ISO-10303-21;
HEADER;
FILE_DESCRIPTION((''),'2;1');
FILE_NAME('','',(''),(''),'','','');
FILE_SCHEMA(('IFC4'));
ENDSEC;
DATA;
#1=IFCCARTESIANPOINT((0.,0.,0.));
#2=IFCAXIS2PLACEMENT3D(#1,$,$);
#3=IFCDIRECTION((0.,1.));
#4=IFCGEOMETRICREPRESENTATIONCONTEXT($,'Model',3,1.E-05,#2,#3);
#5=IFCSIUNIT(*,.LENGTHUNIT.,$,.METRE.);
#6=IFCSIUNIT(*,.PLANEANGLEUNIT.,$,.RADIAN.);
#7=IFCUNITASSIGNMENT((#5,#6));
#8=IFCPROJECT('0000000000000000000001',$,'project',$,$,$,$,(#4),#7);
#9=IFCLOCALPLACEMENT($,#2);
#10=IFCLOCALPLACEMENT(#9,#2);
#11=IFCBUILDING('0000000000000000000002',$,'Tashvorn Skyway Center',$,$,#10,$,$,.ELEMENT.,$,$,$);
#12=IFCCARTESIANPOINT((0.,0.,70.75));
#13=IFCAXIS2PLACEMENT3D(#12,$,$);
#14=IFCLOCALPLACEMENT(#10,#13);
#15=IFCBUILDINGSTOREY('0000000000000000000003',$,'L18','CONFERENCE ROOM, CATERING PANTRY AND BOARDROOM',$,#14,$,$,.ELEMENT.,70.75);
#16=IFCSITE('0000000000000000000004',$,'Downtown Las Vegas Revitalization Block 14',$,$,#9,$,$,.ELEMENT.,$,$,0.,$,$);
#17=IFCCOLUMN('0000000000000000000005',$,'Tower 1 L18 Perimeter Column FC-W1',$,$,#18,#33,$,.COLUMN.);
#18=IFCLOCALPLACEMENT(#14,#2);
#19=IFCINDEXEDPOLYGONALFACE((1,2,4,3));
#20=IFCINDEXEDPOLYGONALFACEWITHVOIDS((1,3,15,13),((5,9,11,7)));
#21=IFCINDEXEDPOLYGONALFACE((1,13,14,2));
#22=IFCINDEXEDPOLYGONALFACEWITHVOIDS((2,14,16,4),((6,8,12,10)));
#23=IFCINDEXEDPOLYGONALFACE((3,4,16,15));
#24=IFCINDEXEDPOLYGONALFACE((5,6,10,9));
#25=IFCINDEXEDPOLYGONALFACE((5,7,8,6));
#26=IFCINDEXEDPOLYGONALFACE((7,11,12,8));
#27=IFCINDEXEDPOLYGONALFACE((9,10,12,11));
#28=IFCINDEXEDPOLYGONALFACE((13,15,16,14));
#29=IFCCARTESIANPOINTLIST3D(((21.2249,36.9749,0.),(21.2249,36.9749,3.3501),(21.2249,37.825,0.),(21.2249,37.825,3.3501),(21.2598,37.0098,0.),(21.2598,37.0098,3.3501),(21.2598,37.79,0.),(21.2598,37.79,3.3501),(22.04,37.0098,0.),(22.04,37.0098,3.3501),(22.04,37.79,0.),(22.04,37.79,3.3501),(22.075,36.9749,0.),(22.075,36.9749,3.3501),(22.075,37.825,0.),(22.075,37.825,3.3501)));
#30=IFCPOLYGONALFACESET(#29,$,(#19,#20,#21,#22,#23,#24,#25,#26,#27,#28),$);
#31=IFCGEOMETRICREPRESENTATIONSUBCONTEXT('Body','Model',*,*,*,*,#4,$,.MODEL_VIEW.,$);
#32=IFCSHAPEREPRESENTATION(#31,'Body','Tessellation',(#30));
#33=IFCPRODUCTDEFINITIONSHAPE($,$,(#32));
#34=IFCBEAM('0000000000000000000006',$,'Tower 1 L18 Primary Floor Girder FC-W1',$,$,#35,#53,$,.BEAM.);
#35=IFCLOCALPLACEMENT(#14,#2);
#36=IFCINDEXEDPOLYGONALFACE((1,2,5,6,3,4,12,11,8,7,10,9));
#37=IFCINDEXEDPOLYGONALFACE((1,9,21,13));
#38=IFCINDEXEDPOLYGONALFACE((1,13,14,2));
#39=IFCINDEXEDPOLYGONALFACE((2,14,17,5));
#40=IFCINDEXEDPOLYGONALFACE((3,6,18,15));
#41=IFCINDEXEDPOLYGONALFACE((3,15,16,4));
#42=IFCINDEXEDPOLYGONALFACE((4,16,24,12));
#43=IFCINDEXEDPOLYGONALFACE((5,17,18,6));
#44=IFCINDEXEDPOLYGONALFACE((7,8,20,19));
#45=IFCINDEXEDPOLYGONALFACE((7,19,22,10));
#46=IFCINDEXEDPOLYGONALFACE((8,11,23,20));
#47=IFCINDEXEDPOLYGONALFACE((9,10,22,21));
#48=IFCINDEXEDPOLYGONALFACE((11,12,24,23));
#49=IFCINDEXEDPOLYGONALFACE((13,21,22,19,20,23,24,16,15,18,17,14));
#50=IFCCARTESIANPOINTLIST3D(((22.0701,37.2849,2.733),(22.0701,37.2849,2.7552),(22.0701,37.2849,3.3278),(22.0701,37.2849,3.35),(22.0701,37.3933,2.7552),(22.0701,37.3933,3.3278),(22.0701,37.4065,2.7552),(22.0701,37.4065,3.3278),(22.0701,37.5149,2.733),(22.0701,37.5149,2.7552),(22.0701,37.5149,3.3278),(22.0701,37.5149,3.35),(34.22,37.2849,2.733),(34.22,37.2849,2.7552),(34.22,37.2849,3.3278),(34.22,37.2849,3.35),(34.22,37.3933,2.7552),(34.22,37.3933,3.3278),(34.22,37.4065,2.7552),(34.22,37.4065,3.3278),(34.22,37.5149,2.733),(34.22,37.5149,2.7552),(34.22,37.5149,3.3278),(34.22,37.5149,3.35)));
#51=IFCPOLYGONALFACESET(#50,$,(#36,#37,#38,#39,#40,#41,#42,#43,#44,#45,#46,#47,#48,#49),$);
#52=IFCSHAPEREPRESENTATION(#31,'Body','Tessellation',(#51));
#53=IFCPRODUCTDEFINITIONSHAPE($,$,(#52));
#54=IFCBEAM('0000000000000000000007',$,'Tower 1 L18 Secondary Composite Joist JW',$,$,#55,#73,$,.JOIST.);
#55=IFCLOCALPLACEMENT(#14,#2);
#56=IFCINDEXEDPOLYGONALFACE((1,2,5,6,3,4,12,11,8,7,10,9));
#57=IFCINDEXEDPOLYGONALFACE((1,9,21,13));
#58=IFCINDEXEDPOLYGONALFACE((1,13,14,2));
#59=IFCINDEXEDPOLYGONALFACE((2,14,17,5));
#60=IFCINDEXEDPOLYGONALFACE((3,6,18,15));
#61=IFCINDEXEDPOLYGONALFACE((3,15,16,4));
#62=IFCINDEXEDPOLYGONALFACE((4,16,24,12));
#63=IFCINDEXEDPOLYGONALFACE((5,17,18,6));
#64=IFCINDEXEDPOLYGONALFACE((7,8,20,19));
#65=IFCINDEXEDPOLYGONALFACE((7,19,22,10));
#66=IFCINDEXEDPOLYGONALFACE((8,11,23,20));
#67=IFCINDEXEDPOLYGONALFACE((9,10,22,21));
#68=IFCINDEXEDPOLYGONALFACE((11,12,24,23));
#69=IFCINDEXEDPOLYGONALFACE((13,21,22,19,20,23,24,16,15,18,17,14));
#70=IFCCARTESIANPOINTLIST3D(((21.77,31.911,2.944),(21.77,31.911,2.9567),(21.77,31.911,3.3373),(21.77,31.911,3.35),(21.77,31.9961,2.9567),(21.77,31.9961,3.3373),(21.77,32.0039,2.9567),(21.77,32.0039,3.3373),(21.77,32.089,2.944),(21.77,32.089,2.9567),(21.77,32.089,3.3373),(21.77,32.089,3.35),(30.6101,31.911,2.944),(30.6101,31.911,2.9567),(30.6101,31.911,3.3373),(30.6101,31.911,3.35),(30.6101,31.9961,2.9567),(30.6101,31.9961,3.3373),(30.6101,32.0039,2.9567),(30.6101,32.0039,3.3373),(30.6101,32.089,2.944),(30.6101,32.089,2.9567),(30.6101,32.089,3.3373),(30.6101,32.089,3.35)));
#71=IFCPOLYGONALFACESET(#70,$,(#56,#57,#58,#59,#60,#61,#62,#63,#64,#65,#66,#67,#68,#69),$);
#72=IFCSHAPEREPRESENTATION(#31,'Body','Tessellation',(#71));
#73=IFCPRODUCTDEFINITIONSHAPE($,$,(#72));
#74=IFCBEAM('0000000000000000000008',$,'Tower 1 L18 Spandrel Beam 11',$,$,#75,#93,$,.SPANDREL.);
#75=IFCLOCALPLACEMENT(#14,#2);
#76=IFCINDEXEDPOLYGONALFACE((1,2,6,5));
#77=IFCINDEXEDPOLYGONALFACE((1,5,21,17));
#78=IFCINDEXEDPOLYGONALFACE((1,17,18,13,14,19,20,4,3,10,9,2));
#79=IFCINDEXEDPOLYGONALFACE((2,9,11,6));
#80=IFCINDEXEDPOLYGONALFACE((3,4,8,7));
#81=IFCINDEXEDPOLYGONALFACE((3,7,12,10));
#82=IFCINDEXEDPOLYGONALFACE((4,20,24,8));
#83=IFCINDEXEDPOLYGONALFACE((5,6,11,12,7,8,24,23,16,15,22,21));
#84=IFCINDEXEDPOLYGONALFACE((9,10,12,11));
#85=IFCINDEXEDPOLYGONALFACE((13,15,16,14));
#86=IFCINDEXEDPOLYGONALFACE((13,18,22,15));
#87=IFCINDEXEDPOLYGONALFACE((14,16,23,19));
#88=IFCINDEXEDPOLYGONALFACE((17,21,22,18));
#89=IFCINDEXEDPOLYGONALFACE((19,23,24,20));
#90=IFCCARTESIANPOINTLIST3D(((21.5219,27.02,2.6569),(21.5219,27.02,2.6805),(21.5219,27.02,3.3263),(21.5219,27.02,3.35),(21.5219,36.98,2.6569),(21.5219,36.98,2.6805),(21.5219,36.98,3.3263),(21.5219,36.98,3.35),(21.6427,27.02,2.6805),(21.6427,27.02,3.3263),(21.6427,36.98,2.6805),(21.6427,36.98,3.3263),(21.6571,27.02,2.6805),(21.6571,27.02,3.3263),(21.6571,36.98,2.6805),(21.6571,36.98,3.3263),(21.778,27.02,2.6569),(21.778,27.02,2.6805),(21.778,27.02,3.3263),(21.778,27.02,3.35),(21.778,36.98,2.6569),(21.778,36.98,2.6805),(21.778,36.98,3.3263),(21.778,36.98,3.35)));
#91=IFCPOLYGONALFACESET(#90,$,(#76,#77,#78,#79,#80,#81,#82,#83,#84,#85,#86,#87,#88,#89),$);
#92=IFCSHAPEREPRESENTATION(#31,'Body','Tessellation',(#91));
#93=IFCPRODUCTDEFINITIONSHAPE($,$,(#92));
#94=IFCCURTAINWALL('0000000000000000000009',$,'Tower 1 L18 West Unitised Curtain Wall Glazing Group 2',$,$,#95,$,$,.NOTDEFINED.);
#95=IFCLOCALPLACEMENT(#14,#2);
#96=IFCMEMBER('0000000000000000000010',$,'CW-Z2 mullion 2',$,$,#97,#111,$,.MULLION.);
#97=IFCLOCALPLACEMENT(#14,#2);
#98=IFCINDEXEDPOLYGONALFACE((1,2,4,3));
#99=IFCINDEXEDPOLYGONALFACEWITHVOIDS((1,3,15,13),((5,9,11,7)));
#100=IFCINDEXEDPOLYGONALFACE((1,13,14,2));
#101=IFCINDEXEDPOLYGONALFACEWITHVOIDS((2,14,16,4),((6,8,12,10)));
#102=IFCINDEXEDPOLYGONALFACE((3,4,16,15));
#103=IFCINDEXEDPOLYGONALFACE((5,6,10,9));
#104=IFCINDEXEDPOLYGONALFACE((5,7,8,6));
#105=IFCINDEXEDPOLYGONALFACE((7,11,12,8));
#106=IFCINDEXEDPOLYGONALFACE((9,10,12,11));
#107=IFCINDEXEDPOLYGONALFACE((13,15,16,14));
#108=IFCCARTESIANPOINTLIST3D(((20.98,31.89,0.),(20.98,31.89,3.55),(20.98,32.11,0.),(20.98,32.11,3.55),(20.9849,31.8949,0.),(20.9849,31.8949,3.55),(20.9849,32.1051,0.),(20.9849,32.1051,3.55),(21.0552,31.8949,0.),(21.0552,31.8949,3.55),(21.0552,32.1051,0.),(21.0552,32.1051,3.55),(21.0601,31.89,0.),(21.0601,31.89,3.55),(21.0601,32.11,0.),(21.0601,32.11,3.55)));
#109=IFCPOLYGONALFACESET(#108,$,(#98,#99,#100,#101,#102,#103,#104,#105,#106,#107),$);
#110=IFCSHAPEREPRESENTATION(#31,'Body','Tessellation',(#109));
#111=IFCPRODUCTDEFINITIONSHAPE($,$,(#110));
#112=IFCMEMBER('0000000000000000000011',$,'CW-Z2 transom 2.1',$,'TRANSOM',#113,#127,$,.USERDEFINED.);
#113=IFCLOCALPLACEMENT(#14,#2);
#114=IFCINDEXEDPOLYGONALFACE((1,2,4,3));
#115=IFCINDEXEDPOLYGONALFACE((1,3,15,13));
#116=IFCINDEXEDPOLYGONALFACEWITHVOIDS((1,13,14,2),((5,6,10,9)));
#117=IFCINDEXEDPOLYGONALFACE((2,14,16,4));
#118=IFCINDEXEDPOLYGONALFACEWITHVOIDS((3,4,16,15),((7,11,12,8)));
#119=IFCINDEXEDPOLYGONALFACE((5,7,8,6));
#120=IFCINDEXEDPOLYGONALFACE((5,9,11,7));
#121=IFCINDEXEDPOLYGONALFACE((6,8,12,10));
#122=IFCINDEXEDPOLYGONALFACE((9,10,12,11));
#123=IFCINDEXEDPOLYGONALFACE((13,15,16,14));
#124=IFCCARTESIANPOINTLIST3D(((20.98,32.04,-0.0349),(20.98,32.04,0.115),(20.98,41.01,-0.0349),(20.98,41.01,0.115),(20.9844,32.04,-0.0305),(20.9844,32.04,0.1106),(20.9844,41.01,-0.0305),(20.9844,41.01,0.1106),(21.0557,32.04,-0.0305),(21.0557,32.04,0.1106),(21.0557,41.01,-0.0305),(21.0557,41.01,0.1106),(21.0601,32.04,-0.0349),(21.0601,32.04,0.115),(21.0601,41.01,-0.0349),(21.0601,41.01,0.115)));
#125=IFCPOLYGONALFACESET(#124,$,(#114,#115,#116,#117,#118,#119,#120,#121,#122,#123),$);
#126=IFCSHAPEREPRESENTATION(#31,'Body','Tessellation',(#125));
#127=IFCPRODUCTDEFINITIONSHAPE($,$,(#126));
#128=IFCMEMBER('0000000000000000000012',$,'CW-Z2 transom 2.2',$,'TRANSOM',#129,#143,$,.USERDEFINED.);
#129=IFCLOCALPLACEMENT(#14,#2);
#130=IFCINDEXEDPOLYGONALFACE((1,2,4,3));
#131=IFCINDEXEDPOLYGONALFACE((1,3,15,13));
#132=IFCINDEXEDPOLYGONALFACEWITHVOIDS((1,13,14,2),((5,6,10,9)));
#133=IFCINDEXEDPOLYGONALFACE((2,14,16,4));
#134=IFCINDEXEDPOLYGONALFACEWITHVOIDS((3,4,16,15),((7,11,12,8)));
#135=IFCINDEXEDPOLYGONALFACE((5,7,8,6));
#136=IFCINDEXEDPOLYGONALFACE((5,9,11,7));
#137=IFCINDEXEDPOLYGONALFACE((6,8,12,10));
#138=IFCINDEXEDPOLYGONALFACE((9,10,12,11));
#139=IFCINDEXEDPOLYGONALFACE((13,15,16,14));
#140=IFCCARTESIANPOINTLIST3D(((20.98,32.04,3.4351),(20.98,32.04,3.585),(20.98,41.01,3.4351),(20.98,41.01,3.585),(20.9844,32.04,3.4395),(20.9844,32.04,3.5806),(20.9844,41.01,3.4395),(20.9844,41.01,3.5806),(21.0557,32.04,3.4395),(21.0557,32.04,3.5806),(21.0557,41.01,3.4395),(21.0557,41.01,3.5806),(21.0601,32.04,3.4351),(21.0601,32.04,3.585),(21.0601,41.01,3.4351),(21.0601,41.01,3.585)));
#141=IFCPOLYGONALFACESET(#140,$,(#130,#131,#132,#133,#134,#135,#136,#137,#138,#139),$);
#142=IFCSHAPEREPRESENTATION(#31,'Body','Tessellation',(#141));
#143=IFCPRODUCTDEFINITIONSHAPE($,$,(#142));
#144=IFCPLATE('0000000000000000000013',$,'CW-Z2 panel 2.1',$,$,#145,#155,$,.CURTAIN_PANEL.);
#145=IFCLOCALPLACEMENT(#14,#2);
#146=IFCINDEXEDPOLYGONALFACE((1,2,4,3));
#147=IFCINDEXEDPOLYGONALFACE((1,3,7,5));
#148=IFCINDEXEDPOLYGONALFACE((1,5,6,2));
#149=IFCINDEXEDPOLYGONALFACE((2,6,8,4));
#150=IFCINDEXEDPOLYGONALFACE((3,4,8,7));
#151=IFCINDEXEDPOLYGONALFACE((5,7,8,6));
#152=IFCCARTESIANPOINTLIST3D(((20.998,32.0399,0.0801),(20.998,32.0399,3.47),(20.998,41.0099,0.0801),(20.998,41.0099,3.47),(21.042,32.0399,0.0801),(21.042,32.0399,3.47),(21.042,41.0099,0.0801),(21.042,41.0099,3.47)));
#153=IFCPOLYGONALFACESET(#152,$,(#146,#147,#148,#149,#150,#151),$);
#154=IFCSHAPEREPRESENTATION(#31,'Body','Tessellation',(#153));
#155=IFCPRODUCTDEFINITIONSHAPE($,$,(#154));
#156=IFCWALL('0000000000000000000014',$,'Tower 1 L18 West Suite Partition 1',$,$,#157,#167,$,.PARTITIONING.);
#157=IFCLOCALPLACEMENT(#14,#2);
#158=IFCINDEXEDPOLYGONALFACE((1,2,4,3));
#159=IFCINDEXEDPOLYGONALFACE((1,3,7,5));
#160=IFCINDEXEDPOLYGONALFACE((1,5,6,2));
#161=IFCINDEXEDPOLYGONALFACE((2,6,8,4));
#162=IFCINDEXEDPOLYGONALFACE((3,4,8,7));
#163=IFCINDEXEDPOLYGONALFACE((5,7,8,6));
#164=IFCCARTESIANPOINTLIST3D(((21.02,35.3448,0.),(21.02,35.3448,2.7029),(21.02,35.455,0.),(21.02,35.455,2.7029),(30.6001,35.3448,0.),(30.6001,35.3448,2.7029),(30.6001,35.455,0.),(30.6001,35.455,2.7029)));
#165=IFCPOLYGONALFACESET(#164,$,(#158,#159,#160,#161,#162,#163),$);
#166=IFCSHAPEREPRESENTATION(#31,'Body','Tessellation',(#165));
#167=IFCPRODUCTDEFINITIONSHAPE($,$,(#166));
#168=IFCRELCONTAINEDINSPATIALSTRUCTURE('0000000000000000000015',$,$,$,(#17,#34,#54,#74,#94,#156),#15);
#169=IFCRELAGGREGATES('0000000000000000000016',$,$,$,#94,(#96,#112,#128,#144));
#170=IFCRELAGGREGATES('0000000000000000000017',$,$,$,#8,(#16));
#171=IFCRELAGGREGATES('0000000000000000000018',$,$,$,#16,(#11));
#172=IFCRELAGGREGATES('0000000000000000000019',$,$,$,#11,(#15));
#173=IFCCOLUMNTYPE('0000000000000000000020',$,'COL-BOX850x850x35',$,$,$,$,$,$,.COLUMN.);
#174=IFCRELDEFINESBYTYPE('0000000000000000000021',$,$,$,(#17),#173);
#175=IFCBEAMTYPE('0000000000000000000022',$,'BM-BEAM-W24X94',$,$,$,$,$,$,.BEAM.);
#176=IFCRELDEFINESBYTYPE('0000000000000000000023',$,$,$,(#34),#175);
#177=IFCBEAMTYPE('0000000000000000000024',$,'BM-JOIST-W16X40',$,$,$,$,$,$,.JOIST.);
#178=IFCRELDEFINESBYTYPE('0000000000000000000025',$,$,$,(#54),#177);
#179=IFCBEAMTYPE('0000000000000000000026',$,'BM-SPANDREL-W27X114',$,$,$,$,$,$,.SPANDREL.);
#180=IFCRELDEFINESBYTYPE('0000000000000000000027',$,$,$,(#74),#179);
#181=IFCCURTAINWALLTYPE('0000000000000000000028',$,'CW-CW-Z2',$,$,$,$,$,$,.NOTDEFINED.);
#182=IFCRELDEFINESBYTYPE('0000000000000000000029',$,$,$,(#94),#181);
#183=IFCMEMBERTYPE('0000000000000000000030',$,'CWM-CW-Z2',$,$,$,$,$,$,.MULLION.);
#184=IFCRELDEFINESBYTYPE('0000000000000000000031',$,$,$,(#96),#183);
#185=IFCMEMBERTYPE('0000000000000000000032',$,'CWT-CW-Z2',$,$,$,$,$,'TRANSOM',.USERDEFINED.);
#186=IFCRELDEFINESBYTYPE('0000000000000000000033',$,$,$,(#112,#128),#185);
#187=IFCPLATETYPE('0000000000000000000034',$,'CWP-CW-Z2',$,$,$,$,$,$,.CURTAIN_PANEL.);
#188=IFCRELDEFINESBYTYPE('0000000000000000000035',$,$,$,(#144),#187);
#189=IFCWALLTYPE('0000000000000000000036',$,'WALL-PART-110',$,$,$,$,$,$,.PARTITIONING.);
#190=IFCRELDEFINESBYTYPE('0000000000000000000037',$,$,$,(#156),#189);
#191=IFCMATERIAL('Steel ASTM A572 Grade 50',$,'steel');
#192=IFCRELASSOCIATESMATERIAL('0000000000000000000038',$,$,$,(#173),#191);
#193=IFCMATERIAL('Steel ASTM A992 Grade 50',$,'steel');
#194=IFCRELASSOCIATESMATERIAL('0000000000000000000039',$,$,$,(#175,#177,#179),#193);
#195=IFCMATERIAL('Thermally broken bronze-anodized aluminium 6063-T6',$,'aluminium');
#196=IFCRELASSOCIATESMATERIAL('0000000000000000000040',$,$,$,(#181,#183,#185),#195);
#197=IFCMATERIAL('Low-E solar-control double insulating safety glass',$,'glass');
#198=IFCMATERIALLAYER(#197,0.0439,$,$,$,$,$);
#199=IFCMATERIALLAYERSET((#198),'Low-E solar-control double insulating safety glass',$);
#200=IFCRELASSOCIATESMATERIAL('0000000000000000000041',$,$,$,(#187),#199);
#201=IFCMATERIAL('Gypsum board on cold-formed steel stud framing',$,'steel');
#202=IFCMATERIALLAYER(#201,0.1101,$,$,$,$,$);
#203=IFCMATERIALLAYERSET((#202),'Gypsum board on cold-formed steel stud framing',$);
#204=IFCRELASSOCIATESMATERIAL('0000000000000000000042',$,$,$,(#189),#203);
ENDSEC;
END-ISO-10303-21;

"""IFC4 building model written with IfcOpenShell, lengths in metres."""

from ifc_helpers import new_model, si_unit, direction, frame, frame_2d, origin, origin_2d, place, context, subcontext, project, spatial, rectangle, hollow_rectangle, i_section, extrude, material, layer, layer_set, material_profile, profile_set, type_object, element, aggregate, save


model = new_model("IFC4")

# Units and contexts
model_context = context("Model", 3, precision=1e-05, world=origin(), true_north=direction((0.0, 1.0)))
body_context = subcontext(model_context, "Body", "Model", "MODEL_VIEW")
ifc_project = project(units=[si_unit("LENGTHUNIT", "METRE"), si_unit("PLANEANGLEUNIT", "RADIAN")], contexts=[model_context])

# Site, building, storey
site_placement = place(None, origin())
site = spatial("IfcSite", under=ifc_project, at=site_placement, Name="Downtown Las Vegas Revitalization Block 14", CompositionType="ELEMENT", RefElevation=0.0)
building_placement = place(site_placement, origin())
building = spatial("IfcBuilding", under=site, at=building_placement, Name="Tashvorn Skyway Center", CompositionType="ELEMENT")
storey_placement = place(building_placement, frame((0.0, 0.0, 70.75)))
storey = spatial("IfcBuildingStorey", under=building, at=storey_placement, Name="L18", Description="CONFERENCE ROOM, CATERING PANTRY AND BOARDROOM", CompositionType="ELEMENT", Elevation=70.75)

# Column
ifc_material_1 = material(Name="Steel ASTM A572 Grade 50", Category="steel")
ifc_material_profile_1 = material_profile(ifc_material_1, hollow_rectangle(XDim=0.8501, YDim=0.8501, WallThickness=0.0349, at=origin_2d()), Name="BOX850x850x35")
ifc_profile_set_1 = profile_set([ifc_material_profile_1], Name="Steel ASTM A572 Grade 50")
column_type = type_object("IfcColumnType", Name="COL-BOX850x850x35", PredefinedType="COLUMN", material=ifc_profile_set_1)
column_placement = place(storey_placement, frame((21.6499, 37.3999, 0.0), z_axis=(0.0, 0.0, 1.0), x_axis=(1.0, 0.0, 0.0)))
element("IfcColumn", 1, at=column_placement, inside=storey, type_object=column_type, Name="Tower 1 L18 Perimeter Column FC-W1", PredefinedType="COLUMN", context=body_context, shape_type="SweptSolid", body=[
    extrude(hollow_rectangle(XDim=0.8501, YDim=0.8501, WallThickness=0.0349, at=origin_2d()), origin(), (0.0, 0.0, 1.0), 3.3501),
])

# Beams
ifc_material_2 = material(Name="Steel ASTM A992 Grade 50", Category="steel")
ifc_material_profile_2 = material_profile(ifc_material_2, i_section(OverallWidth=0.23, OverallDepth=0.6169, WebThickness=0.0132, FlangeThickness=0.0222, at=origin_2d()), Name="W24X94")
ifc_profile_set_2 = profile_set([ifc_material_profile_2], Name="Steel ASTM A992 Grade 50")
beam_type_1 = type_object("IfcBeamType", Name="BM-BEAM-W24X94", PredefinedType="BEAM", material=ifc_profile_set_2)
beam_1_placement = place(storey_placement, frame((22.0701, 37.3999, 3.0415), z_axis=(1.0, 0.0, 0.0), x_axis=(0.0, 1.0, 0.0)))
element("IfcBeam", 2, at=beam_1_placement, inside=storey, type_object=beam_type_1, Name="Tower 1 L18 Primary Floor Girder FC-W1", PredefinedType="BEAM", context=body_context, shape_type="SweptSolid", body=[
    extrude(i_section(OverallWidth=0.23, OverallDepth=0.6169, WebThickness=0.0132, FlangeThickness=0.0222, at=origin_2d()), origin(), (0.0, 0.0, 1.0), 12.1499),
])
ifc_material_profile_3 = material_profile(ifc_material_2, i_section(OverallWidth=0.178, OverallDepth=0.406, WebThickness=0.0078, FlangeThickness=0.0127, at=origin_2d()), Name="W16X40")
ifc_profile_set_3 = profile_set([ifc_material_profile_3], Name="Steel ASTM A992 Grade 50")
beam_type_2 = type_object("IfcBeamType", Name="BM-JOIST-W16X40", PredefinedType="JOIST", material=ifc_profile_set_3)
beam_2_placement = place(storey_placement, frame((30.6101, 32.0, 3.147), z_axis=(-1.0, 0.0, 0.0), x_axis=(0.0, -1.0, 0.0)))
element("IfcBeam", 3, at=beam_2_placement, inside=storey, type_object=beam_type_2, Name="Tower 1 L18 Secondary Composite Joist JW", PredefinedType="JOIST", context=body_context, shape_type="SweptSolid", body=[
    extrude(i_section(OverallWidth=0.178, OverallDepth=0.406, WebThickness=0.0078, FlangeThickness=0.0127, at=origin_2d()), origin(), (0.0, 0.0, 1.0), 8.8401),
])
ifc_material_profile_4 = material_profile(ifc_material_2, i_section(OverallWidth=0.2561, OverallDepth=0.6931, WebThickness=0.0144, FlangeThickness=0.0237, at=origin_2d()), Name="W27X114")
ifc_profile_set_4 = profile_set([ifc_material_profile_4], Name="Steel ASTM A992 Grade 50")
beam_type_3 = type_object("IfcBeamType", Name="BM-SPANDREL-W27X114", PredefinedType="SPANDREL", material=ifc_profile_set_4)
beam_3_placement = place(storey_placement, frame((21.6499, 36.98, 3.0034), z_axis=(0.0, -1.0, 0.0), x_axis=(1.0, 0.0, 0.0)))
element("IfcBeam", 4, at=beam_3_placement, inside=storey, type_object=beam_type_3, Name="Tower 1 L18 Spandrel Beam 11", PredefinedType="SPANDREL", context=body_context, shape_type="SweptSolid", body=[
    extrude(i_section(OverallWidth=0.2561, OverallDepth=0.6931, WebThickness=0.0144, FlangeThickness=0.0237, at=origin_2d()), origin(), (0.0, 0.0, 1.0), 9.96),
])

# Curtain wall, members, plate
ifc_material_3 = material(Name="Thermally broken bronze-anodized aluminium 6063-T6", Category="aluminium")
curtain_wall_type = type_object("IfcCurtainWallType", Name="CW-CW-Z2", PredefinedType="NOTDEFINED", material=ifc_material_3)
curtain_wall_placement = place(storey_placement, origin())
curtain_wall = element("IfcCurtainWall", 5, at=curtain_wall_placement, inside=storey, type_object=curtain_wall_type, Name="Tower 1 L18 West Unitised Curtain Wall Glazing Group 2", PredefinedType="NOTDEFINED")
ifc_material_profile_5 = material_profile(ifc_material_3, hollow_rectangle(XDim=0.0801, YDim=0.22, WallThickness=0.0049, at=origin_2d()), Name="ALU-MULL-80x220")
ifc_profile_set_5 = profile_set([ifc_material_profile_5], Name="Thermally broken bronze-anodized aluminium 6063-T6")
member_type_1 = type_object("IfcMemberType", Name="CWM-CW-Z2", PredefinedType="MULLION", material=ifc_profile_set_5)
member_1_placement = place(storey_placement, frame((21.02, 32.0, 0.0), z_axis=(0.0, 0.0, 1.0), x_axis=(-1.0, 0.0, 0.0)))
member_1 = element("IfcMember", 6, at=member_1_placement, type_object=member_type_1, Name="CW-Z2 mullion 2", PredefinedType="MULLION", context=body_context, shape_type="SweptSolid", body=[
    extrude(hollow_rectangle(XDim=0.0801, YDim=0.22, WallThickness=0.0049, at=origin_2d()), origin(), (0.0, 0.0, 1.0), 3.55),
])
ifc_material_profile_6 = material_profile(ifc_material_3, hollow_rectangle(XDim=0.0801, YDim=0.1499, WallThickness=0.0044, at=origin_2d()), Name="ALU-TRAN-80x150")
ifc_profile_set_6 = profile_set([ifc_material_profile_6], Name="Thermally broken bronze-anodized aluminium 6063-T6")
member_type_2 = type_object("IfcMemberType", Name="CWT-CW-Z2", ElementType="TRANSOM", PredefinedType="USERDEFINED", material=ifc_profile_set_6)
member_2_placement = place(storey_placement, frame((21.02, 32.04, 0.04), z_axis=(0.0, 1.0, 0.0), x_axis=(-1.0, 0.0, 0.0)))
member_2 = element("IfcMember", 7, at=member_2_placement, type_object=member_type_2, Name="CW-Z2 transom 2.1", ObjectType="TRANSOM", PredefinedType="USERDEFINED", context=body_context, shape_type="SweptSolid", body=[
    extrude(hollow_rectangle(XDim=0.0801, YDim=0.1499, WallThickness=0.0044, at=origin_2d()), origin(), (0.0, 0.0, 1.0), 8.97),
])
member_3_placement = place(storey_placement, frame((21.02, 32.04, 3.51), z_axis=(0.0, 1.0, 0.0), x_axis=(-1.0, 0.0, 0.0)))
member_3 = element("IfcMember", 8, at=member_3_placement, type_object=member_type_2, Name="CW-Z2 transom 2.2", ObjectType="TRANSOM", PredefinedType="USERDEFINED", context=body_context, shape_type="SweptSolid", body=[
    extrude(hollow_rectangle(XDim=0.0801, YDim=0.1499, WallThickness=0.0044, at=origin_2d()), origin(), (0.0, 0.0, 1.0), 8.97),
])
ifc_material_4 = material(Name="Low-E solar-control double insulating safety glass", Category="glass")
ifc_layer_1 = layer(ifc_material_4, 0.0439)
ifc_layer_set_1 = layer_set([ifc_layer_1], Name="Low-E solar-control double insulating safety glass")
plate_type = type_object("IfcPlateType", Name="CWP-CW-Z2", PredefinedType="CURTAIN_PANEL", material=ifc_layer_set_1)
plate_placement = place(storey_placement, frame((21.02, 36.5249, 0.0801), z_axis=(0.0, 0.0, 1.0), x_axis=(0.0, 1.0, 0.0)))
plate = element("IfcPlate", 9, at=plate_placement, type_object=plate_type, Name="CW-Z2 panel 2.1", PredefinedType="CURTAIN_PANEL", context=body_context, shape_type="SweptSolid", body=[
    extrude(rectangle(XDim=8.97, YDim=0.0439, at=origin_2d()), origin(), (0.0, 0.0, 1.0), 3.3899),
])
aggregate(curtain_wall, [member_1, member_2, member_3, plate])

# Wall
ifc_material_5 = material(Name="Gypsum board on cold-formed steel stud framing", Category="steel")
ifc_layer_2 = layer(ifc_material_5, 0.1101)
ifc_layer_set_2 = layer_set([ifc_layer_2], Name="Gypsum board on cold-formed steel stud framing")
wall_type_1 = type_object("IfcWallType", Name="WALL-PART-110", PredefinedType="PARTITIONING", material=ifc_layer_set_2)
wall_1_placement = place(storey_placement, frame((30.6001, 35.3999, 0.0), z_axis=(0.0, 0.0, 1.0), x_axis=(-1.0, 0.0, 0.0)))
element("IfcWall", 10, at=wall_1_placement, inside=storey, type_object=wall_type_1, Name="Tower 1 L18 West Suite Partition 1", PredefinedType="PARTITIONING", context=body_context, shape_type="SweptSolid", body=[
    extrude(rectangle(XDim=9.5801, YDim=0.1101, at=frame_2d((4.79, 0.0))), origin(), (0.0, 0.0, 1.0), 2.7029),
])

save(model, "model.ifc")
